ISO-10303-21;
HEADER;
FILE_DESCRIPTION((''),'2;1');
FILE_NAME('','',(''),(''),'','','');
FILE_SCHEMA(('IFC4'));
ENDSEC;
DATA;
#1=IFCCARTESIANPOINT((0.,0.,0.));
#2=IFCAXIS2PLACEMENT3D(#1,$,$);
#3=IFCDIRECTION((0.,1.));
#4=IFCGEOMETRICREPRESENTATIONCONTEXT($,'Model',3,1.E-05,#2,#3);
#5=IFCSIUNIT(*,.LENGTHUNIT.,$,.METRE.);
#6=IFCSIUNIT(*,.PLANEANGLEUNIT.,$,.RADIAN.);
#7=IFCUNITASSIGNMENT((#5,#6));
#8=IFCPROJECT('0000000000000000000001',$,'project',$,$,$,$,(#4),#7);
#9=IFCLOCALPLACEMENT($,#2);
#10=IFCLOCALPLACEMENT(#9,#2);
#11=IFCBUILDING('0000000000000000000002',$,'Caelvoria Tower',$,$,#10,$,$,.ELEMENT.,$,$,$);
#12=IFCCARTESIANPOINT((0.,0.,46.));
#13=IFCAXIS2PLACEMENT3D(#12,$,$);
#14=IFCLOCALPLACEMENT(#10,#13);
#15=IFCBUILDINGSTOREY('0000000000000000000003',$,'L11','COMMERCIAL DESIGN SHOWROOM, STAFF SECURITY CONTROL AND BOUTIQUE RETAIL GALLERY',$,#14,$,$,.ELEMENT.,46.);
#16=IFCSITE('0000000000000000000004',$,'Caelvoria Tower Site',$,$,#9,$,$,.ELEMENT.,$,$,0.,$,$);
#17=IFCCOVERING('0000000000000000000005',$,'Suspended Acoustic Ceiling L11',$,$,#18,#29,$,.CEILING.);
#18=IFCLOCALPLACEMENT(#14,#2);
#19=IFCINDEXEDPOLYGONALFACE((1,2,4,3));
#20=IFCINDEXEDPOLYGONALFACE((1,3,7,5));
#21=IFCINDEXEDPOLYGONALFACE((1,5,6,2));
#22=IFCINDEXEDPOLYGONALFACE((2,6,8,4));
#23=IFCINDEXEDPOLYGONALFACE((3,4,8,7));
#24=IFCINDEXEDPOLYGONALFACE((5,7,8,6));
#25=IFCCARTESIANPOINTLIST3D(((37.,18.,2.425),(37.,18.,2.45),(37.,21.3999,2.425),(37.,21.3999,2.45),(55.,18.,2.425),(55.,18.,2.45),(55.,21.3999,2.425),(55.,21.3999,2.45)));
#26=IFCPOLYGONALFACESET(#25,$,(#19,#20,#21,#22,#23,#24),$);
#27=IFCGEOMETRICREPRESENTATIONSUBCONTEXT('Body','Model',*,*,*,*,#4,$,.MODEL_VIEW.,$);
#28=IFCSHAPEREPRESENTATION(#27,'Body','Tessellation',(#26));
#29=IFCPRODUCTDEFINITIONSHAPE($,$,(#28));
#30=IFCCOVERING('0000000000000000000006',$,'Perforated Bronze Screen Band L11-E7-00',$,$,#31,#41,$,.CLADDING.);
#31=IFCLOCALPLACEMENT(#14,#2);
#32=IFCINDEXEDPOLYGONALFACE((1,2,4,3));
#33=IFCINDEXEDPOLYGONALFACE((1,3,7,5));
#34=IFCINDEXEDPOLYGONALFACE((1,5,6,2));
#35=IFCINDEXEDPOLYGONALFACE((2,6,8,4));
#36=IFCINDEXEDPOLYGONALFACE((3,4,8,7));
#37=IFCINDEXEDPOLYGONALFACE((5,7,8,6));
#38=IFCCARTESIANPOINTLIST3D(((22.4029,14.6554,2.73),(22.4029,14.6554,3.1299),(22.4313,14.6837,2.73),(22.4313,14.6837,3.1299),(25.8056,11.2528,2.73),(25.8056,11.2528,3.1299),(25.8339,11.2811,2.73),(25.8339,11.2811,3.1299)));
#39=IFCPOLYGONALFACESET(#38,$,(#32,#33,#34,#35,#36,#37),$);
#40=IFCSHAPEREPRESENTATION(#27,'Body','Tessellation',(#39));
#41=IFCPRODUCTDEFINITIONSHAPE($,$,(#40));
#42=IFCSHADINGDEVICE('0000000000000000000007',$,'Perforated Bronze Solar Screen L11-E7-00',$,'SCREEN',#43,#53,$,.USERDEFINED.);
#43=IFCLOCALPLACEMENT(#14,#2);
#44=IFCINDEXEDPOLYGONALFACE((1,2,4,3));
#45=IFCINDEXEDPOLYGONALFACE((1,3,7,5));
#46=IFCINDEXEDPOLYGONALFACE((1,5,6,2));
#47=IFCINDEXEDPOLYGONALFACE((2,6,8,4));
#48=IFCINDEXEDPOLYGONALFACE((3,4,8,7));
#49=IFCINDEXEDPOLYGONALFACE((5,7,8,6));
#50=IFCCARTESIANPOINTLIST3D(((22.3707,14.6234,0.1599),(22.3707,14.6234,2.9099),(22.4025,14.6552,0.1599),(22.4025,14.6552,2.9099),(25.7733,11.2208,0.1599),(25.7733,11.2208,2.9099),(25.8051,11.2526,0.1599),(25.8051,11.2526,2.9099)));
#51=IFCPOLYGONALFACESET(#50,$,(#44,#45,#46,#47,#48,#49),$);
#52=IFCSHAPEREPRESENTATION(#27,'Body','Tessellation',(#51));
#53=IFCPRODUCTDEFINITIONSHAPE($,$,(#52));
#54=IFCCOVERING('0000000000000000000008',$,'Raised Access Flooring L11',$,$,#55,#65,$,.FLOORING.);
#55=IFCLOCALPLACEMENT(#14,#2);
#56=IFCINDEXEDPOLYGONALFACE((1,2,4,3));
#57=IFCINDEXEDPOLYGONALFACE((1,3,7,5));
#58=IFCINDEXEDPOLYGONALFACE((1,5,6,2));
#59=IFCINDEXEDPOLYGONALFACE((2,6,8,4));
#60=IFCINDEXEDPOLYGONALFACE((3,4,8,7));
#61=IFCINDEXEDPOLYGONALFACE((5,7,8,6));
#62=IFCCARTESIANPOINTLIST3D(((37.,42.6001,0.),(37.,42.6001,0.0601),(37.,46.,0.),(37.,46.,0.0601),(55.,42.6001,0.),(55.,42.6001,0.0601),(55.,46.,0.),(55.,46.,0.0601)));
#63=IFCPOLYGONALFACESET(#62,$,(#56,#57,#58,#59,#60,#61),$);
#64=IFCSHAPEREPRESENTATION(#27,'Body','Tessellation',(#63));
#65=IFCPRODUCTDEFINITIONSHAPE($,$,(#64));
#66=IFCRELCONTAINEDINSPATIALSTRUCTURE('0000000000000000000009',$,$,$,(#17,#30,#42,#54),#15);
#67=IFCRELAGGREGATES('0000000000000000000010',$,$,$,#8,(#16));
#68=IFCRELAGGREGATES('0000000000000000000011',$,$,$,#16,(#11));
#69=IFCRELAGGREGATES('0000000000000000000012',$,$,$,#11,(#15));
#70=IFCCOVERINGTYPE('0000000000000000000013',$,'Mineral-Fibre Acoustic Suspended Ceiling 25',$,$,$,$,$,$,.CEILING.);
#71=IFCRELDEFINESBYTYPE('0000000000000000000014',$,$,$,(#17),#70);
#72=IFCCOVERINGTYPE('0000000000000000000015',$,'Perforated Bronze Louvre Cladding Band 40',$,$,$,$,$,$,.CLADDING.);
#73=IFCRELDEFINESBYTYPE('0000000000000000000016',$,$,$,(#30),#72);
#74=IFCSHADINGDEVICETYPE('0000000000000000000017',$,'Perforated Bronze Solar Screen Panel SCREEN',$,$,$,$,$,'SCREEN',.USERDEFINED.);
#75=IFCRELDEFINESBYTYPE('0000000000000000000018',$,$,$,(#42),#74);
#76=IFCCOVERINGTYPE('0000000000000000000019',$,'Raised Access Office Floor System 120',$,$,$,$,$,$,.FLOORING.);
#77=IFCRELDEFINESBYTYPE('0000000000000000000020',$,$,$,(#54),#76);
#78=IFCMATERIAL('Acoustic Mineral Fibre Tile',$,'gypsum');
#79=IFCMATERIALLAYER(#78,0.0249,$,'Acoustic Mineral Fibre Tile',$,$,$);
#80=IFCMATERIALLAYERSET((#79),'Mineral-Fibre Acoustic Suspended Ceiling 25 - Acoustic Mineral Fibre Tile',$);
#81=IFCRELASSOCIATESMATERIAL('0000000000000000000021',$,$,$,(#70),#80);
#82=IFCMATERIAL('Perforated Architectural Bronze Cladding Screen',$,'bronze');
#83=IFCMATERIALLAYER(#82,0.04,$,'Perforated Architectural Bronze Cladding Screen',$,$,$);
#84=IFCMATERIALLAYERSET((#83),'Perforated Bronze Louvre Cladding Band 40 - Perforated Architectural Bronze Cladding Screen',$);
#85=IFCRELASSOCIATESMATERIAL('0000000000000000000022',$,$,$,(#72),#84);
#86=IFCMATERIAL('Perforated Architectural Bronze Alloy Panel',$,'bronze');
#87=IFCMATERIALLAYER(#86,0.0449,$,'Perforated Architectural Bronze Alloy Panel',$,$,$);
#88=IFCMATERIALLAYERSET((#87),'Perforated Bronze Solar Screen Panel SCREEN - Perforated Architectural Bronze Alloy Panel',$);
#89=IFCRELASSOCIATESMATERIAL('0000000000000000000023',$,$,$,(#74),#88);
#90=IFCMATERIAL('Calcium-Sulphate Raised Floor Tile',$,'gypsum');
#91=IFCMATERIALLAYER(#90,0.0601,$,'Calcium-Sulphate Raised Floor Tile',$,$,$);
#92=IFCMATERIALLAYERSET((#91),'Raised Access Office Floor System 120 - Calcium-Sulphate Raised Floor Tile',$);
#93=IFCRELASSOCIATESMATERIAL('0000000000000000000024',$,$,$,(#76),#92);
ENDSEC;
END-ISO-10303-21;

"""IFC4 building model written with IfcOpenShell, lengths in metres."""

from ifc_helpers import new_model, si_unit, direction, frame, origin, origin_2d, place, context, subcontext, project, spatial, polyline, rectangle, outline, extrude, material, layer, layer_set, type_object, element, save


model = new_model("IFC4")

# Units and contexts
model_context = context("Model", 3, precision=1e-05, world=origin(), true_north=direction((0.0, 1.0)))
body_context = subcontext(model_context, "Body", "Model", "MODEL_VIEW")
ifc_project = project(units=[si_unit("LENGTHUNIT", "METRE"), si_unit("PLANEANGLEUNIT", "RADIAN")], contexts=[model_context])

# Site, building, storey
site_placement = place(None, origin())
site = spatial("IfcSite", under=ifc_project, at=site_placement, Name="Caelvoria Tower Site", CompositionType="ELEMENT", RefElevation=0.0)
building_placement = place(site_placement, origin())
building = spatial("IfcBuilding", under=site, at=building_placement, Name="Caelvoria Tower", CompositionType="ELEMENT")
storey_placement = place(building_placement, frame((0.0, 0.0, 46.0)))
storey = spatial("IfcBuildingStorey", under=building, at=storey_placement, Name="L11", Description="COMMERCIAL DESIGN SHOWROOM, STAFF SECURITY CONTROL AND BOUTIQUE RETAIL GALLERY", CompositionType="ELEMENT", Elevation=46.0)

# Coverings
ifc_material_1 = material(Name="Acoustic Mineral Fibre Tile", Category="gypsum")
ifc_layer_1 = layer(ifc_material_1, 0.0249, Name="Acoustic Mineral Fibre Tile")
ifc_layer_set_1 = layer_set([ifc_layer_1], Name="Mineral-Fibre Acoustic Suspended Ceiling 25 - Acoustic Mineral Fibre Tile")
covering_type_1 = type_object("IfcCoveringType", Name="Mineral-Fibre Acoustic Suspended Ceiling 25", PredefinedType="CEILING", material=ifc_layer_set_1)
covering_1_placement = place(storey_placement, frame((0.0, 0.0, 2.425)))
element("IfcCovering", 1, at=covering_1_placement, inside=storey, type_object=covering_type_1, Name="Suspended Acoustic Ceiling L11", PredefinedType="CEILING", context=body_context, shape_type="SweptSolid", body=[
    extrude(outline(polyline([(37.0, 18.0), (55.0, 18.0), (55.0, 21.3999), (37.0, 21.3999), (37.0, 18.0)])), origin(), (0.0, 0.0, 1.0), 0.0249),
])
ifc_material_2 = material(Name="Perforated Architectural Bronze Cladding Screen", Category="bronze")
ifc_layer_2 = layer(ifc_material_2, 0.04, Name="Perforated Architectural Bronze Cladding Screen")
ifc_layer_set_2 = layer_set([ifc_layer_2], Name="Perforated Bronze Louvre Cladding Band 40 - Perforated Architectural Bronze Cladding Screen")
covering_type_2 = type_object("IfcCoveringType", Name="Perforated Bronze Louvre Cladding Band 40", PredefinedType="CLADDING", material=ifc_layer_set_2)
covering_2_placement = place(storey_placement, frame((24.1184, 12.9683, 2.73), z_axis=(0.0, 0.0, 1.0), x_axis=(0.707107, -0.707107, 0.0)))
element("IfcCovering", 2, at=covering_2_placement, inside=storey, type_object=covering_type_2, Name="Perforated Bronze Screen Band L11-E7-00", PredefinedType="CLADDING", context=body_context, shape_type="SweptSolid", body=[
    extrude(rectangle(XDim=4.812, YDim=0.04, at=origin_2d()), origin(), (0.0, 0.0, 1.0), 0.3999),
])

# Shading device
ifc_material_3 = material(Name="Perforated Architectural Bronze Alloy Panel", Category="bronze")
ifc_layer_3 = layer(ifc_material_3, 0.0449, Name="Perforated Architectural Bronze Alloy Panel")
ifc_layer_set_3 = layer_set([ifc_layer_3], Name="Perforated Bronze Solar Screen Panel SCREEN - Perforated Architectural Bronze Alloy Panel")
shading_device_type = type_object("IfcShadingDeviceType", Name="Perforated Bronze Solar Screen Panel SCREEN", ElementType="SCREEN", PredefinedType="USERDEFINED", material=ifc_layer_set_3)
shading_device_placement = place(storey_placement, frame((24.0879, 12.938, 0.1599), z_axis=(0.0, 0.0, 1.0), x_axis=(0.707107, -0.707107, 0.0)))
element("IfcShadingDevice", 3, at=shading_device_placement, inside=storey, type_object=shading_device_type, Name="Perforated Bronze Solar Screen L11-E7-00", ObjectType="SCREEN", PredefinedType="USERDEFINED", context=body_context, shape_type="SweptSolid", body=[
    extrude(rectangle(XDim=4.812, YDim=0.0449, at=origin_2d()), origin(), (0.0, 0.0, 1.0), 2.75),
])

# Covering
ifc_material_4 = material(Name="Calcium-Sulphate Raised Floor Tile", Category="gypsum")
ifc_layer_4 = layer(ifc_material_4, 0.0601, Name="Calcium-Sulphate Raised Floor Tile")
ifc_layer_set_4 = layer_set([ifc_layer_4], Name="Raised Access Office Floor System 120 - Calcium-Sulphate Raised Floor Tile")
covering_type_3 = type_object("IfcCoveringType", Name="Raised Access Office Floor System 120", PredefinedType="FLOORING", material=ifc_layer_set_4)
covering_3_placement = place(storey_placement, origin())
element("IfcCovering", 4, at=covering_3_placement, inside=storey, type_object=covering_type_3, Name="Raised Access Flooring L11", PredefinedType="FLOORING", context=body_context, shape_type="SweptSolid", body=[
    extrude(outline(polyline([(37.0, 42.6001), (55.0, 42.6001), (55.0, 46.0), (37.0, 46.0), (37.0, 42.6001)])), origin(), (0.0, 0.0, 1.0), 0.0601),
])

save(model, "model.ifc")
